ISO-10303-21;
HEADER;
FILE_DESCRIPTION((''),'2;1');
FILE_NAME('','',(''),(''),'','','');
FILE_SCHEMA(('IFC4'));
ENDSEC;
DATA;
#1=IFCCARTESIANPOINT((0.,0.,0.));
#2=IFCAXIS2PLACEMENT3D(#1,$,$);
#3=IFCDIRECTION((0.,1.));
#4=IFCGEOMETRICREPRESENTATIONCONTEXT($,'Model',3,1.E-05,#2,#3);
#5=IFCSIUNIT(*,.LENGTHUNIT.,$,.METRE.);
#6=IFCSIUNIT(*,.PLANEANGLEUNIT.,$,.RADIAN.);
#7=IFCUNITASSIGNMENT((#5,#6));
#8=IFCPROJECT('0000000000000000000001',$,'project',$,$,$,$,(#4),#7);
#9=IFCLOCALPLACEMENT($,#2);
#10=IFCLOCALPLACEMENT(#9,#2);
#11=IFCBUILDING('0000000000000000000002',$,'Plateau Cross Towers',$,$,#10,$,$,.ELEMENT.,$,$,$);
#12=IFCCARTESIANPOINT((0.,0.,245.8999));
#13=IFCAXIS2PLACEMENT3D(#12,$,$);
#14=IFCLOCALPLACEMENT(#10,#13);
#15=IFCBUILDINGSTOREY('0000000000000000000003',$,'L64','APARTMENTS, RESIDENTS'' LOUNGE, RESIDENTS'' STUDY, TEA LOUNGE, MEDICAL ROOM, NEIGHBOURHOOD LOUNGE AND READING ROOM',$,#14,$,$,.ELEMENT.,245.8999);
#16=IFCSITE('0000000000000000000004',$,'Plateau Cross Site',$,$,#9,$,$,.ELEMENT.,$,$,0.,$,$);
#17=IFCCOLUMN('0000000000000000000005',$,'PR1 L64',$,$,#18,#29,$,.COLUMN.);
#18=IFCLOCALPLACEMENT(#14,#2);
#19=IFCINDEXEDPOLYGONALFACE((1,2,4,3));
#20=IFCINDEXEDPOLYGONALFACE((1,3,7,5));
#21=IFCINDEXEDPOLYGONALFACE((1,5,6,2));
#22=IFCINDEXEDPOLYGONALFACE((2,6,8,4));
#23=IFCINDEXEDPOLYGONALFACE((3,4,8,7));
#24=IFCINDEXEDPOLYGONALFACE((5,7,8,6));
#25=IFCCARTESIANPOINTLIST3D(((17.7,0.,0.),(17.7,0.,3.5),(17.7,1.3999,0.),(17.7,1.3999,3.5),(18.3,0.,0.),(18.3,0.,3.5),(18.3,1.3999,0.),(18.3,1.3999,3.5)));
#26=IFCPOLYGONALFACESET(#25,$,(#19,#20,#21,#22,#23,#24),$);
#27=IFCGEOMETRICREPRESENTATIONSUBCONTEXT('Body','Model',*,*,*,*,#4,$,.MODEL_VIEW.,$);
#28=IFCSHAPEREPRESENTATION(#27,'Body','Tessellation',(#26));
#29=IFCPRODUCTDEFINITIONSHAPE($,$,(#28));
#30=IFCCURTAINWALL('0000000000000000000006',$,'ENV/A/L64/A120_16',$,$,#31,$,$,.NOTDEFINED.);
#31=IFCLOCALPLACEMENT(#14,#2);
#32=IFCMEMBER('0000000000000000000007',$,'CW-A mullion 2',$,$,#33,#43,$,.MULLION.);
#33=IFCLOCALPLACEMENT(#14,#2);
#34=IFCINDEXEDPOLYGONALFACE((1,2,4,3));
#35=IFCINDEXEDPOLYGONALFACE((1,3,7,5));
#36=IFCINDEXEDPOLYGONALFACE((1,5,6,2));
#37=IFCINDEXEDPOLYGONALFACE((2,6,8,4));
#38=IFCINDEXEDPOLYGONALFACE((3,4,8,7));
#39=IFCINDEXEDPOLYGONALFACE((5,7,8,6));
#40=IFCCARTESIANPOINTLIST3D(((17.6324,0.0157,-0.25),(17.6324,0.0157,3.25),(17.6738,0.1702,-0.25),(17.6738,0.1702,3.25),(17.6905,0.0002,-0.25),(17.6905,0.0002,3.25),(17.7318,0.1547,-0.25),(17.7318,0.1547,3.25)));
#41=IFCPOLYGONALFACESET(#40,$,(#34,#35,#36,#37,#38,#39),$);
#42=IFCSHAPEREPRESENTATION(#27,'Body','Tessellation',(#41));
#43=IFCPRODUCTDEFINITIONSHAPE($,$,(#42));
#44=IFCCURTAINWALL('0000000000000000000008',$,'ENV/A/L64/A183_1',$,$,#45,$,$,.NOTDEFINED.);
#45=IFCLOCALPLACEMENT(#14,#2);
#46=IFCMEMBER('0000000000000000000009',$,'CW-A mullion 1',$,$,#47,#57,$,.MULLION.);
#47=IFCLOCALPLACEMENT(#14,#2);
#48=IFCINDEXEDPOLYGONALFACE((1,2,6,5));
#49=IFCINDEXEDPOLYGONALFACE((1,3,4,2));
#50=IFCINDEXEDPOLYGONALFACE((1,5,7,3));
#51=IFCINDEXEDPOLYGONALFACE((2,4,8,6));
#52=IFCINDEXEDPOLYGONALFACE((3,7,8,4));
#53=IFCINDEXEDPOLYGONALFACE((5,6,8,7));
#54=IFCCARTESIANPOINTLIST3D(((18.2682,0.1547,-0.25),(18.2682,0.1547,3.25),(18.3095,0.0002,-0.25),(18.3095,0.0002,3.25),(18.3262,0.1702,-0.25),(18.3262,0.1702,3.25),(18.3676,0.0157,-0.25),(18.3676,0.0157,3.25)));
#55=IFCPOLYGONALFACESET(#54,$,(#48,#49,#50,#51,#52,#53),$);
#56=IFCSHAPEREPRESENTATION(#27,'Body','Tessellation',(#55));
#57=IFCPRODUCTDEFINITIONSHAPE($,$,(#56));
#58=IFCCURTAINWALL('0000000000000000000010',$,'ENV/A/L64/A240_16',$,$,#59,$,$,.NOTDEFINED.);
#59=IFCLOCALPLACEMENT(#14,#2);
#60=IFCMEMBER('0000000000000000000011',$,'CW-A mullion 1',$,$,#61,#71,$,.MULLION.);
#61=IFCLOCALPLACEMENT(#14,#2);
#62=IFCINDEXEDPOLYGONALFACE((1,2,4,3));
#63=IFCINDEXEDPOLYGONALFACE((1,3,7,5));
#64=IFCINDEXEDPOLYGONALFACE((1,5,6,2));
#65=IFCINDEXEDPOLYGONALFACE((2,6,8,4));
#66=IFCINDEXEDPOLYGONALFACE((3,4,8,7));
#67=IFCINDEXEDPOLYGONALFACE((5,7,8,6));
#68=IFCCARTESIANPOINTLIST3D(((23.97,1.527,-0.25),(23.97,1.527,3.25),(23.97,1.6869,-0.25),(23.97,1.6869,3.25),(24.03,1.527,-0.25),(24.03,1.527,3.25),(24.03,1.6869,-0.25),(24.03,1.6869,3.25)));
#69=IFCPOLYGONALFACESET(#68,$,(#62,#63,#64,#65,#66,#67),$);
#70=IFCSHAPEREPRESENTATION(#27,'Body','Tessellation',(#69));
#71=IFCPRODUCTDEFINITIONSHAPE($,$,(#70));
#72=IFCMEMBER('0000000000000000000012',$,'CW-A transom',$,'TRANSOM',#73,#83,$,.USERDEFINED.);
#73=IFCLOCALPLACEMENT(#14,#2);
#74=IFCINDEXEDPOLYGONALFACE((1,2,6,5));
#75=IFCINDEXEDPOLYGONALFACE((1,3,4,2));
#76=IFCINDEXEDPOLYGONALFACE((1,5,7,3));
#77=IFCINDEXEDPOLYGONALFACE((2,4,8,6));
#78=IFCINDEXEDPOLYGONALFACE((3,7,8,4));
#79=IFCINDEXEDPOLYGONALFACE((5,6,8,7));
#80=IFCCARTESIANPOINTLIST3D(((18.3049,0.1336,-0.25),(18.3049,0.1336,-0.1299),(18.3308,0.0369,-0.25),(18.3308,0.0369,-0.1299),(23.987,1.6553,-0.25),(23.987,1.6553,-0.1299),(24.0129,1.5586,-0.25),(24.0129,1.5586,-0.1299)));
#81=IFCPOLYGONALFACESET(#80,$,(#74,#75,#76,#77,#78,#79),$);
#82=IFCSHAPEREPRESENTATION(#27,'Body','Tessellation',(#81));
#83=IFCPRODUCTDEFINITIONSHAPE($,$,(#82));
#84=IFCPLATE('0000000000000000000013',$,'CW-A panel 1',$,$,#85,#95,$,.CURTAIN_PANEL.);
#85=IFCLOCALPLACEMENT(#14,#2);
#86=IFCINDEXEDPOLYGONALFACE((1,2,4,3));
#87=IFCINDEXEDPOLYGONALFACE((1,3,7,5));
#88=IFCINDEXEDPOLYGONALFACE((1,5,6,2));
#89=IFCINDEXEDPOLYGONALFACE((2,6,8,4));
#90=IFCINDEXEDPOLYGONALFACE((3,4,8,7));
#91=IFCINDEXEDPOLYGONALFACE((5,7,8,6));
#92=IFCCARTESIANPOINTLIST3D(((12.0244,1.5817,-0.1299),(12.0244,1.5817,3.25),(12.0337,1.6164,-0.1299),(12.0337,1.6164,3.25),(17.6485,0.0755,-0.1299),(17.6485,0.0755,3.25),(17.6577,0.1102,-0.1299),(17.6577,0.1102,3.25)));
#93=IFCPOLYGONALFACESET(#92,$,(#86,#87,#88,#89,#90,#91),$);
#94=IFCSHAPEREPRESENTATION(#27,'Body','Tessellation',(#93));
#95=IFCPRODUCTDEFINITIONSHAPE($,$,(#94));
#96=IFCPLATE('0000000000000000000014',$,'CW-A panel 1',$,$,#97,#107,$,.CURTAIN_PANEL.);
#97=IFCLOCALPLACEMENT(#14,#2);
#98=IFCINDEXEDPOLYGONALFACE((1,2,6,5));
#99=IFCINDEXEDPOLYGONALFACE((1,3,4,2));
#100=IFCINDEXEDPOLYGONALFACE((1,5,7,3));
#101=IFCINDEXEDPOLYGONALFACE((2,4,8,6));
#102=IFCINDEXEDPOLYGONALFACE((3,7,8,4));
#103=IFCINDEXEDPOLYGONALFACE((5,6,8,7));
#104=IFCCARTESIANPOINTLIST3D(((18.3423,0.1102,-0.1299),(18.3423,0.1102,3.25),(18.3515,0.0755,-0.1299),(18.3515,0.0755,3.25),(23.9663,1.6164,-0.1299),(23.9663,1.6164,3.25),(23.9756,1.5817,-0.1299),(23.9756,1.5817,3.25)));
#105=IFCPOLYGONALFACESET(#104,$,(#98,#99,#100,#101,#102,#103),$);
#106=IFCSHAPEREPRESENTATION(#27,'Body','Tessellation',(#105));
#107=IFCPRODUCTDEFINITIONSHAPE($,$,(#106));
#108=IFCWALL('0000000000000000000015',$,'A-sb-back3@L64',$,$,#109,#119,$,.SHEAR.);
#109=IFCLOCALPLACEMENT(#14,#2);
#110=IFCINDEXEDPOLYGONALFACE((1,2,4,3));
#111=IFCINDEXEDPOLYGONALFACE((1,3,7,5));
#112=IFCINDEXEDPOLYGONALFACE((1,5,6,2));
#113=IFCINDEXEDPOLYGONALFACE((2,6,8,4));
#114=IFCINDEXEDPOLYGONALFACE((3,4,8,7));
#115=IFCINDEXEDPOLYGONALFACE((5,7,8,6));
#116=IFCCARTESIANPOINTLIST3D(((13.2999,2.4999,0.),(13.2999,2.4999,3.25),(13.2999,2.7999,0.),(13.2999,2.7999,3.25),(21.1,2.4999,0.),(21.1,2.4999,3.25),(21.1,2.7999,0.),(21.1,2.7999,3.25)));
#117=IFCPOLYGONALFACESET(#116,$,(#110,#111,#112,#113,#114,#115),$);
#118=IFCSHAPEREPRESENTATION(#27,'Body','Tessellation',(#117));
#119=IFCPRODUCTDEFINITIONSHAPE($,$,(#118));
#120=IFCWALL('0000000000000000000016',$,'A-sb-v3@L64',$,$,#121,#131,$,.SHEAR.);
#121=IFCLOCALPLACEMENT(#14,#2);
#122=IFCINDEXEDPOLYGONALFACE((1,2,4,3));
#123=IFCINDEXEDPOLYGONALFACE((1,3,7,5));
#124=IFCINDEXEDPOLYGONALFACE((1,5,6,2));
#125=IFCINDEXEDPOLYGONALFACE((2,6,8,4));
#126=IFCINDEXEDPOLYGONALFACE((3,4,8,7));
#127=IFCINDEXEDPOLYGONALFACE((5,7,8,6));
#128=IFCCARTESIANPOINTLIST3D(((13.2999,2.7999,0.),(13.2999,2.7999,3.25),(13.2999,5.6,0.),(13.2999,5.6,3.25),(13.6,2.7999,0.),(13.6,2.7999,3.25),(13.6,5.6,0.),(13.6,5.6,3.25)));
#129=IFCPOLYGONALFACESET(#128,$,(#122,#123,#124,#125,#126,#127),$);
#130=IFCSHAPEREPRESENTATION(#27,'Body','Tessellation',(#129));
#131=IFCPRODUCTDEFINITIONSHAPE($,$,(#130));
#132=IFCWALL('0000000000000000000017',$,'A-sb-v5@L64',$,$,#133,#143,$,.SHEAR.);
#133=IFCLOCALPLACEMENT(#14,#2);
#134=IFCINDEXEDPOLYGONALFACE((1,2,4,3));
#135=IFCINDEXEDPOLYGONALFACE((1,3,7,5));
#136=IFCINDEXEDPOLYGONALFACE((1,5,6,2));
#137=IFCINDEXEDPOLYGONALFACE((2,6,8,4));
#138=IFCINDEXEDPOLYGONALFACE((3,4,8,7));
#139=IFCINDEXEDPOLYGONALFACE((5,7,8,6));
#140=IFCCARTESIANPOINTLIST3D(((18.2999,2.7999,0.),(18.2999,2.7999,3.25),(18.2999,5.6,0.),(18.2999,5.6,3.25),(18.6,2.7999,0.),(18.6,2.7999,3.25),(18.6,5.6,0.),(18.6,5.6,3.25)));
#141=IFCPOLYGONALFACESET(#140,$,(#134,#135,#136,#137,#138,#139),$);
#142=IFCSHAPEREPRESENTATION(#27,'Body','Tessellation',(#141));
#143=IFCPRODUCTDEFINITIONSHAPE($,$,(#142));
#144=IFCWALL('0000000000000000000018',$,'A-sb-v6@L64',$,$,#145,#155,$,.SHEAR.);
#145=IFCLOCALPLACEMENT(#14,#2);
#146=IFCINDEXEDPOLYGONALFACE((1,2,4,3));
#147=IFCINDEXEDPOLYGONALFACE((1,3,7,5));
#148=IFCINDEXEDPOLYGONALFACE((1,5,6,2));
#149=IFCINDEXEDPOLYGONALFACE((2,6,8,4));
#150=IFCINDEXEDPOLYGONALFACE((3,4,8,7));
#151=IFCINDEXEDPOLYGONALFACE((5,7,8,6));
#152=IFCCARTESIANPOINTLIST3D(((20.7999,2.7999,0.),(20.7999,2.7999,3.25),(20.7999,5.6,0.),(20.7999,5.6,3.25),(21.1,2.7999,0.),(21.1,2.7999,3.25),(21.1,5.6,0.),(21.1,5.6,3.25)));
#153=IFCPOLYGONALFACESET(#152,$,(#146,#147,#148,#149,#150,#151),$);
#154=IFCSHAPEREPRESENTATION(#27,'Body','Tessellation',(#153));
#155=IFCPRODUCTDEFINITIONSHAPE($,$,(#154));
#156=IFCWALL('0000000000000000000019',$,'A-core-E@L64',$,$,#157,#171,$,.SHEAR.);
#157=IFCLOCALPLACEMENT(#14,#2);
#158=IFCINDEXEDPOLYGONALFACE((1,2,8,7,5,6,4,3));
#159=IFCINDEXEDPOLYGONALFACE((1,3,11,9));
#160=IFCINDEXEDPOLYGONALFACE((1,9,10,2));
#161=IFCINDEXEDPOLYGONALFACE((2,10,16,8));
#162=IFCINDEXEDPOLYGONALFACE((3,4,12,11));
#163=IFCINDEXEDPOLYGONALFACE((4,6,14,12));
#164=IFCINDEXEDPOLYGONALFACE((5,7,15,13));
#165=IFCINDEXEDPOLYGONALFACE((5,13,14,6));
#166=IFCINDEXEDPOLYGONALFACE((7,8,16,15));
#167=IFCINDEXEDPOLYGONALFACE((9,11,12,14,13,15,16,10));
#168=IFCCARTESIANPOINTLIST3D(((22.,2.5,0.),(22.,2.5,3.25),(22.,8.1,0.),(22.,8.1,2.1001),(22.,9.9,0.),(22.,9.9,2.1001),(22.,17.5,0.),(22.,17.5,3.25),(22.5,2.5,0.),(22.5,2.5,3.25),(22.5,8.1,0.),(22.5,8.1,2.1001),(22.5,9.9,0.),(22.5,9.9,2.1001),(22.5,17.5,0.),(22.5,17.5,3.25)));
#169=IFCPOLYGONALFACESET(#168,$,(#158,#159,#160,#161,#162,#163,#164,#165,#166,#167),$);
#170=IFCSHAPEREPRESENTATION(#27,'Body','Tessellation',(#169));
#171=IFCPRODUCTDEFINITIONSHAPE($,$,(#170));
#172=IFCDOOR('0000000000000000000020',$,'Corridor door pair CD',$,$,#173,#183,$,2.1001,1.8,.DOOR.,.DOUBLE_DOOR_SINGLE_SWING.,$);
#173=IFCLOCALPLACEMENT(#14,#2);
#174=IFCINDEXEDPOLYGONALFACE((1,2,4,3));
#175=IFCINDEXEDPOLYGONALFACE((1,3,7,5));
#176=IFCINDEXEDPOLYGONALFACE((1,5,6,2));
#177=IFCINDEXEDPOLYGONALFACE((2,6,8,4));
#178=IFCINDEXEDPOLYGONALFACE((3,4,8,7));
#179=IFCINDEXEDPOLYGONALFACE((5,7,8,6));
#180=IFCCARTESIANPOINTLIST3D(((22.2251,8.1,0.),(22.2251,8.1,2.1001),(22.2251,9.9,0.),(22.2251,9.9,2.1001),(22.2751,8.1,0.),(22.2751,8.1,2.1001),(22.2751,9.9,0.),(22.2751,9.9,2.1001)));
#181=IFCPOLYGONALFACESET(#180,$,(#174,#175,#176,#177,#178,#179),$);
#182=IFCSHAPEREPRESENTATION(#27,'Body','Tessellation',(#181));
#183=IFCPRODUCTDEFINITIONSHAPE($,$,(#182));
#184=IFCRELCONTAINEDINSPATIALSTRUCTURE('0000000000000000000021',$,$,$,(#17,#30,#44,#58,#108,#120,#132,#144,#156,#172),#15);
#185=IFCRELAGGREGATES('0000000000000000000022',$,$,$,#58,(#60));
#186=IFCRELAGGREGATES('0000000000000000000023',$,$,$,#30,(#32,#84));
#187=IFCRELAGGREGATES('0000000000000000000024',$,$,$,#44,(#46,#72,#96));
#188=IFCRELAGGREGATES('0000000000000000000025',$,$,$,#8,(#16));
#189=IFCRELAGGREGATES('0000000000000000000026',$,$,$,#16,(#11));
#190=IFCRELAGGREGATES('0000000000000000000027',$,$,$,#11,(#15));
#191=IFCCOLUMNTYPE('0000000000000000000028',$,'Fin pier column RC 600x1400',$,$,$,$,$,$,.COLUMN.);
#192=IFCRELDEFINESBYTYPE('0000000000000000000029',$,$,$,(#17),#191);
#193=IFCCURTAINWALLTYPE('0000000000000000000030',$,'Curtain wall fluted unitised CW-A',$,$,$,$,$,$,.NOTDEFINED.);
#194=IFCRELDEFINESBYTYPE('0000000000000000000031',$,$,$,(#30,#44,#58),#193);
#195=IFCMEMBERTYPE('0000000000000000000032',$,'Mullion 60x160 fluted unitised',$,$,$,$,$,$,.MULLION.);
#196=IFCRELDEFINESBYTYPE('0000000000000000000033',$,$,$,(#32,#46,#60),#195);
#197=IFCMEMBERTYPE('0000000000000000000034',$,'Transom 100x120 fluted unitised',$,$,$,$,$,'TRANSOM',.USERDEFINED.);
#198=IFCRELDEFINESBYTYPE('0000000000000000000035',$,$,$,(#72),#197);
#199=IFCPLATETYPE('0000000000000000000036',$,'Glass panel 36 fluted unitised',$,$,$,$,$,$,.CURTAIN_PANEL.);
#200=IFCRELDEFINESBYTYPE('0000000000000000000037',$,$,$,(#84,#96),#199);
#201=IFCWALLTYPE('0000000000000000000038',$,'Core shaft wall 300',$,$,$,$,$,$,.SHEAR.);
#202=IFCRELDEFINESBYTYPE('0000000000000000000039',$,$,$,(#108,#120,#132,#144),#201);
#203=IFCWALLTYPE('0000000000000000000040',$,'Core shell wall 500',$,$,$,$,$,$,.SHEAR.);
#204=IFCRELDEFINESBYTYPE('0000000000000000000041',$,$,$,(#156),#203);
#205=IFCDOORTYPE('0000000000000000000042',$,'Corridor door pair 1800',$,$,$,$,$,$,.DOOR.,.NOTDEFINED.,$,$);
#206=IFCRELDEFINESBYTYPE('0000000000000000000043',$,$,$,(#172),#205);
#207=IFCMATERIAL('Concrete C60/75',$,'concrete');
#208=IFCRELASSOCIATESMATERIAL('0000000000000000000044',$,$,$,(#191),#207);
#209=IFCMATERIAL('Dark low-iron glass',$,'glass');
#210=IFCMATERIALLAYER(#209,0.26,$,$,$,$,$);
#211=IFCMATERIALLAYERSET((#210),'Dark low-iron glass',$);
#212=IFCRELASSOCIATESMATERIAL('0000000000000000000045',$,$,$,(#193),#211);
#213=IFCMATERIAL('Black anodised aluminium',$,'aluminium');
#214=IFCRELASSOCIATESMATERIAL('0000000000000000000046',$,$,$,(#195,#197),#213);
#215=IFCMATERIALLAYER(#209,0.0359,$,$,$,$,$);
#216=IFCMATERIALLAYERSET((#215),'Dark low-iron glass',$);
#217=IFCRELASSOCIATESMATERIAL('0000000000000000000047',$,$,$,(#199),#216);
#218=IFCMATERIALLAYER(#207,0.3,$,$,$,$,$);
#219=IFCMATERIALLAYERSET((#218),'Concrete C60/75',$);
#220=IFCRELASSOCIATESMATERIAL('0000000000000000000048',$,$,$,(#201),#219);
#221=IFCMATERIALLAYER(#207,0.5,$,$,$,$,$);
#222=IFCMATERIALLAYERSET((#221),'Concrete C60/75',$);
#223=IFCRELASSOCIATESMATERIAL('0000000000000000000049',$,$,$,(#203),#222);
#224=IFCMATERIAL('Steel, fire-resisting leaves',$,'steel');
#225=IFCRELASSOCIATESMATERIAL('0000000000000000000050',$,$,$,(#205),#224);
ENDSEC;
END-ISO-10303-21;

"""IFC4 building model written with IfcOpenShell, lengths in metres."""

from ifc_helpers import new_model, si_unit, direction, frame, frame_2d, origin, origin_2d, place, context, subcontext, project, spatial, rectangle, extrude, material, layer, layer_set, material_profile, profile_set, type_object, element, fill, aggregate, save


model = new_model("IFC4")

# Units and contexts
model_context = context("Model", 3, precision=1e-05, world=origin(), true_north=direction((0.0, 1.0)))
body_context = subcontext(model_context, "Body", "Model", "MODEL_VIEW")
ifc_project = project(units=[si_unit("LENGTHUNIT", "METRE"), si_unit("PLANEANGLEUNIT", "RADIAN")], contexts=[model_context])

# Site, building, storey
site_placement = place(None, origin())
site = spatial("IfcSite", under=ifc_project, at=site_placement, Name="Plateau Cross Site", CompositionType="ELEMENT", RefElevation=0.0)
building_placement = place(site_placement, origin())
building = spatial("IfcBuilding", under=site, at=building_placement, Name="Plateau Cross Towers", CompositionType="ELEMENT")
storey_placement = place(building_placement, frame((0.0, 0.0, 245.8999)))
storey = spatial("IfcBuildingStorey", under=building, at=storey_placement, Name="L64", Description="APARTMENTS, RESIDENTS' LOUNGE, RESIDENTS' STUDY, TEA LOUNGE, MEDICAL ROOM, NEIGHBOURHOOD LOUNGE AND READING ROOM", CompositionType="ELEMENT", Elevation=245.8999)

# Column
ifc_material_1 = material(Name="Concrete C60/75", Category="concrete")
ifc_material_profile_1 = material_profile(ifc_material_1, rectangle(XDim=0.6001, YDim=1.3999, at=origin_2d()), Name="RC 600x1400")
ifc_profile_set_1 = profile_set([ifc_material_profile_1], Name="Concrete C60/75")
column_type = type_object("IfcColumnType", Name="Fin pier column RC 600x1400", PredefinedType="COLUMN", material=ifc_profile_set_1)
column_placement = place(storey_placement, frame((18.0, 0.7, 0.0), z_axis=(0.0, 0.0, 1.0), x_axis=(1.0, 0.0, 0.0)))
element("IfcColumn", 1, at=column_placement, inside=storey, type_object=column_type, Name="PR1 L64", PredefinedType="COLUMN", context=body_context, shape_type="SweptSolid", body=[
    extrude(rectangle(XDim=0.6001, YDim=1.3999, at=origin_2d()), origin(), (0.0, 0.0, 1.0), 3.5),
])

# Curtain walls, members
ifc_material_2 = material(Name="Dark low-iron glass", Category="glass")
ifc_layer_1 = layer(ifc_material_2, 0.26)
ifc_layer_set_1 = layer_set([ifc_layer_1], Name="Dark low-iron glass")
curtain_wall_type = type_object("IfcCurtainWallType", Name="Curtain wall fluted unitised CW-A", PredefinedType="NOTDEFINED", material=ifc_layer_set_1)
curtain_wall_1_placement = place(storey_placement, origin())
curtain_wall_1 = element("IfcCurtainWall", 2, at=curtain_wall_1_placement, inside=storey, type_object=curtain_wall_type, Name="ENV/A/L64/A120_16", PredefinedType="NOTDEFINED")
ifc_material_3 = material(Name="Black anodised aluminium", Category="aluminium")
ifc_material_profile_2 = material_profile(ifc_material_3, rectangle(XDim=0.0601, YDim=0.1599, at=origin_2d()), Name="MULLION 60x160")
ifc_profile_set_2 = profile_set([ifc_material_profile_2], Name="Black anodised aluminium")
member_type_1 = type_object("IfcMemberType", Name="Mullion 60x160 fluted unitised", PredefinedType="MULLION", material=ifc_profile_set_2)
member_1_placement = place(storey_placement, frame((17.6821, 0.0852, -0.25), z_axis=(0.0, 0.0, 1.0), x_axis=(0.965958, -0.258699, 0.0)))
member_1 = element("IfcMember", 3, at=member_1_placement, type_object=member_type_1, Name="CW-A mullion 2", PredefinedType="MULLION", context=body_context, shape_type="SweptSolid", body=[
    extrude(rectangle(XDim=0.0601, YDim=0.1599, at=origin_2d()), origin(), (0.0, 0.0, 1.0), 3.5),
])
curtain_wall_2_placement = place(storey_placement, origin())
curtain_wall_2 = element("IfcCurtainWall", 4, at=curtain_wall_2_placement, inside=storey, type_object=curtain_wall_type, Name="ENV/A/L64/A183_1", PredefinedType="NOTDEFINED")
member_2_placement = place(storey_placement, frame((18.3179, 0.0852, -0.25), z_axis=(0.0, 0.0, 1.0), x_axis=(0.965958, 0.258699, 0.0)))
member_2 = element("IfcMember", 5, at=member_2_placement, type_object=member_type_1, Name="CW-A mullion 1", PredefinedType="MULLION", context=body_context, shape_type="SweptSolid", body=[
    extrude(rectangle(XDim=0.0601, YDim=0.1599, at=origin_2d()), origin(), (0.0, 0.0, 1.0), 3.5),
])
curtain_wall_3_placement = place(storey_placement, origin())
curtain_wall_3 = element("IfcCurtainWall", 6, at=curtain_wall_3_placement, inside=storey, type_object=curtain_wall_type, Name="ENV/A/L64/A240_16", PredefinedType="NOTDEFINED")
member_3_placement = place(storey_placement, frame((24.0, 1.6069, -0.25), z_axis=(0.0, 0.0, 1.0), x_axis=(1.0, 0.0, 0.0)))
member_3 = element("IfcMember", 7, at=member_3_placement, type_object=member_type_1, Name="CW-A mullion 1", PredefinedType="MULLION", context=body_context, shape_type="SweptSolid", body=[
    extrude(rectangle(XDim=0.0601, YDim=0.1599, at=origin_2d()), origin(), (0.0, 0.0, 1.0), 3.5),
])
aggregate(curtain_wall_3, [member_3])

# Member
ifc_material_profile_3 = material_profile(ifc_material_3, rectangle(XDim=0.1001, YDim=0.1201, at=origin_2d()), Name="TRANSOM 100x120")
ifc_profile_set_3 = profile_set([ifc_material_profile_3], Name="Black anodised aluminium")
member_type_2 = type_object("IfcMemberType", Name="Transom 100x120 fluted unitised", ElementType="TRANSOM", PredefinedType="USERDEFINED", material=ifc_profile_set_3)
member_4_placement = place(storey_placement, frame((18.3179, 0.0852, -0.1899), z_axis=(0.96596, 0.258693, 0.0), x_axis=(-0.258693, 0.96596, 0.0)))
member_4 = element("IfcMember", 8, at=member_4_placement, type_object=member_type_2, Name="CW-A transom", ObjectType="TRANSOM", PredefinedType="USERDEFINED", context=body_context, shape_type="SweptSolid", body=[
    extrude(rectangle(XDim=0.1001, YDim=0.1201, at=origin_2d()), origin(), (0.0, 0.0, 1.0), 5.8823),
])

# Plates
ifc_layer_2 = layer(ifc_material_2, 0.0359)
ifc_layer_set_2 = layer_set([ifc_layer_2], Name="Dark low-iron glass")
plate_type = type_object("IfcPlateType", Name="Glass panel 36 fluted unitised", PredefinedType="CURTAIN_PANEL", material=ifc_layer_set_2)
plate_1_placement = place(storey_placement, frame((14.8411, 0.8459, -0.1299), z_axis=(0.0, 0.0, 1.0), x_axis=(0.965958, -0.258699, 0.0)))
plate_1 = element("IfcPlate", 9, at=plate_1_placement, type_object=plate_type, Name="CW-A panel 1", PredefinedType="CURTAIN_PANEL", context=body_context, shape_type="SweptSolid", body=[
    extrude(rectangle(XDim=5.8223, YDim=0.0359, at=origin_2d()), origin(), (0.0, 0.0, 1.0), 3.3799),
])
aggregate(curtain_wall_1, [member_1, plate_1])
plate_2_placement = place(storey_placement, frame((21.1589, 0.8459, -0.1299), z_axis=(0.0, 0.0, 1.0), x_axis=(0.965958, 0.258699, 0.0)))
plate_2 = element("IfcPlate", 10, at=plate_2_placement, type_object=plate_type, Name="CW-A panel 1", PredefinedType="CURTAIN_PANEL", context=body_context, shape_type="SweptSolid", body=[
    extrude(rectangle(XDim=5.8223, YDim=0.0359, at=origin_2d()), origin(), (0.0, 0.0, 1.0), 3.3799),
])
aggregate(curtain_wall_2, [member_2, member_4, plate_2])

# Walls
ifc_layer_3 = layer(ifc_material_1, 0.3)
ifc_layer_set_3 = layer_set([ifc_layer_3], Name="Concrete C60/75")
wall_type_1 = type_object("IfcWallType", Name="Core shaft wall 300", PredefinedType="SHEAR", material=ifc_layer_set_3)
wall_1_placement = place(storey_placement, frame((13.3, 2.6499, 0.0), z_axis=(0.0, 0.0, 1.0), x_axis=(1.0, 0.0, 0.0)))
element("IfcWall", 11, at=wall_1_placement, inside=storey, type_object=wall_type_1, Name="A-sb-back3@L64", PredefinedType="SHEAR", context=body_context, shape_type="SweptSolid", body=[
    extrude(rectangle(XDim=7.8, YDim=0.3, at=frame_2d((3.8999, 0.0))), origin(), (0.0, 0.0, 1.0), 3.25),
])
for number, where, z_axis, x_axis, name in (
    (12, (13.45, 2.8, 0.0), (0.0, 0.0, 1.0), (0.0, 1.0, 0.0), "A-sb-v3@L64"),
    (13, (18.45, 2.8, 0.0), (0.0, 0.0, 1.0), (0.0, 1.0, 0.0), "A-sb-v5@L64"),
    (14, (20.95, 2.8, 0.0), (0.0, 0.0, 1.0), (0.0, 1.0, 0.0), "A-sb-v6@L64"),
):
    element("IfcWall", number, at=place(storey_placement, frame(where, z_axis=z_axis, x_axis=x_axis)), inside=storey, type_object=wall_type_1, Name=name, PredefinedType="SHEAR", context=body_context, shape_type="SweptSolid", body=[
        extrude(rectangle(XDim=2.8, YDim=0.3, at=frame_2d((1.3999, 0.0))), origin(), (0.0, 0.0, 1.0), 3.25),
    ])

# Wall, opening, door
ifc_layer_4 = layer(ifc_material_1, 0.5)
ifc_layer_set_4 = layer_set([ifc_layer_4], Name="Concrete C60/75")
wall_type_2 = type_object("IfcWallType", Name="Core shell wall 500", PredefinedType="SHEAR", material=ifc_layer_set_4)
wall_2_placement = place(storey_placement, frame((22.25, 2.5, 0.0), z_axis=(0.0, 0.0, 1.0), x_axis=(0.0, 1.0, 0.0)))
wall_2 = element("IfcWall", 15, at=wall_2_placement, inside=storey, type_object=wall_type_2, Name="A-core-E@L64", PredefinedType="SHEAR", context=body_context, shape_type="SweptSolid", body=[
    extrude(rectangle(XDim=15.0, YDim=0.5, at=frame_2d((7.5, 0.0))), origin(), (0.0, 0.0, 1.0), 3.25),
])
opening_placement = place(wall_2_placement, frame((5.6001, 0.0, 0.0)))
opening = element("IfcOpeningElement", 16, at=opening_placement, cuts=wall_2, PredefinedType="OPENING", context=body_context, shape_type="SweptSolid", body=[
    extrude(rectangle(XDim=1.8, YDim=2.1001, at=frame_2d((0.8999, 1.05))), frame((0.0, 0.26, 0.0), z_axis=(0.0, -1.0, 0.0), x_axis=(1.0, 0.0, 0.0)), (0.0, 0.0, 1.0), 0.52),
])
ifc_material_4 = material(Name="Steel, fire-resisting leaves", Category="steel")
door_type = type_object("IfcDoorType", Name="Corridor door pair 1800", OperationType="NOTDEFINED", PredefinedType="DOOR", material=ifc_material_4)
door_placement = place(opening_placement, origin())
door = element("IfcDoor", 17, at=door_placement, inside=storey, type_object=door_type, Name="Corridor door pair CD", OperationType="DOUBLE_DOOR_SINGLE_SWING", OverallHeight=2.1001, OverallWidth=1.8, PredefinedType="DOOR", context=body_context, shape_type="SweptSolid", body=[
    extrude(rectangle(XDim=1.8, YDim=2.1001, at=frame_2d((0.8999, 1.05))), frame((0.0, 0.0249, 0.0), z_axis=(0.0, -1.0, 0.0), x_axis=(1.0, 0.0, 0.0)), (0.0, 0.0, 1.0), 0.05),
])
fill(opening, door)

save(model, "model.ifc")
